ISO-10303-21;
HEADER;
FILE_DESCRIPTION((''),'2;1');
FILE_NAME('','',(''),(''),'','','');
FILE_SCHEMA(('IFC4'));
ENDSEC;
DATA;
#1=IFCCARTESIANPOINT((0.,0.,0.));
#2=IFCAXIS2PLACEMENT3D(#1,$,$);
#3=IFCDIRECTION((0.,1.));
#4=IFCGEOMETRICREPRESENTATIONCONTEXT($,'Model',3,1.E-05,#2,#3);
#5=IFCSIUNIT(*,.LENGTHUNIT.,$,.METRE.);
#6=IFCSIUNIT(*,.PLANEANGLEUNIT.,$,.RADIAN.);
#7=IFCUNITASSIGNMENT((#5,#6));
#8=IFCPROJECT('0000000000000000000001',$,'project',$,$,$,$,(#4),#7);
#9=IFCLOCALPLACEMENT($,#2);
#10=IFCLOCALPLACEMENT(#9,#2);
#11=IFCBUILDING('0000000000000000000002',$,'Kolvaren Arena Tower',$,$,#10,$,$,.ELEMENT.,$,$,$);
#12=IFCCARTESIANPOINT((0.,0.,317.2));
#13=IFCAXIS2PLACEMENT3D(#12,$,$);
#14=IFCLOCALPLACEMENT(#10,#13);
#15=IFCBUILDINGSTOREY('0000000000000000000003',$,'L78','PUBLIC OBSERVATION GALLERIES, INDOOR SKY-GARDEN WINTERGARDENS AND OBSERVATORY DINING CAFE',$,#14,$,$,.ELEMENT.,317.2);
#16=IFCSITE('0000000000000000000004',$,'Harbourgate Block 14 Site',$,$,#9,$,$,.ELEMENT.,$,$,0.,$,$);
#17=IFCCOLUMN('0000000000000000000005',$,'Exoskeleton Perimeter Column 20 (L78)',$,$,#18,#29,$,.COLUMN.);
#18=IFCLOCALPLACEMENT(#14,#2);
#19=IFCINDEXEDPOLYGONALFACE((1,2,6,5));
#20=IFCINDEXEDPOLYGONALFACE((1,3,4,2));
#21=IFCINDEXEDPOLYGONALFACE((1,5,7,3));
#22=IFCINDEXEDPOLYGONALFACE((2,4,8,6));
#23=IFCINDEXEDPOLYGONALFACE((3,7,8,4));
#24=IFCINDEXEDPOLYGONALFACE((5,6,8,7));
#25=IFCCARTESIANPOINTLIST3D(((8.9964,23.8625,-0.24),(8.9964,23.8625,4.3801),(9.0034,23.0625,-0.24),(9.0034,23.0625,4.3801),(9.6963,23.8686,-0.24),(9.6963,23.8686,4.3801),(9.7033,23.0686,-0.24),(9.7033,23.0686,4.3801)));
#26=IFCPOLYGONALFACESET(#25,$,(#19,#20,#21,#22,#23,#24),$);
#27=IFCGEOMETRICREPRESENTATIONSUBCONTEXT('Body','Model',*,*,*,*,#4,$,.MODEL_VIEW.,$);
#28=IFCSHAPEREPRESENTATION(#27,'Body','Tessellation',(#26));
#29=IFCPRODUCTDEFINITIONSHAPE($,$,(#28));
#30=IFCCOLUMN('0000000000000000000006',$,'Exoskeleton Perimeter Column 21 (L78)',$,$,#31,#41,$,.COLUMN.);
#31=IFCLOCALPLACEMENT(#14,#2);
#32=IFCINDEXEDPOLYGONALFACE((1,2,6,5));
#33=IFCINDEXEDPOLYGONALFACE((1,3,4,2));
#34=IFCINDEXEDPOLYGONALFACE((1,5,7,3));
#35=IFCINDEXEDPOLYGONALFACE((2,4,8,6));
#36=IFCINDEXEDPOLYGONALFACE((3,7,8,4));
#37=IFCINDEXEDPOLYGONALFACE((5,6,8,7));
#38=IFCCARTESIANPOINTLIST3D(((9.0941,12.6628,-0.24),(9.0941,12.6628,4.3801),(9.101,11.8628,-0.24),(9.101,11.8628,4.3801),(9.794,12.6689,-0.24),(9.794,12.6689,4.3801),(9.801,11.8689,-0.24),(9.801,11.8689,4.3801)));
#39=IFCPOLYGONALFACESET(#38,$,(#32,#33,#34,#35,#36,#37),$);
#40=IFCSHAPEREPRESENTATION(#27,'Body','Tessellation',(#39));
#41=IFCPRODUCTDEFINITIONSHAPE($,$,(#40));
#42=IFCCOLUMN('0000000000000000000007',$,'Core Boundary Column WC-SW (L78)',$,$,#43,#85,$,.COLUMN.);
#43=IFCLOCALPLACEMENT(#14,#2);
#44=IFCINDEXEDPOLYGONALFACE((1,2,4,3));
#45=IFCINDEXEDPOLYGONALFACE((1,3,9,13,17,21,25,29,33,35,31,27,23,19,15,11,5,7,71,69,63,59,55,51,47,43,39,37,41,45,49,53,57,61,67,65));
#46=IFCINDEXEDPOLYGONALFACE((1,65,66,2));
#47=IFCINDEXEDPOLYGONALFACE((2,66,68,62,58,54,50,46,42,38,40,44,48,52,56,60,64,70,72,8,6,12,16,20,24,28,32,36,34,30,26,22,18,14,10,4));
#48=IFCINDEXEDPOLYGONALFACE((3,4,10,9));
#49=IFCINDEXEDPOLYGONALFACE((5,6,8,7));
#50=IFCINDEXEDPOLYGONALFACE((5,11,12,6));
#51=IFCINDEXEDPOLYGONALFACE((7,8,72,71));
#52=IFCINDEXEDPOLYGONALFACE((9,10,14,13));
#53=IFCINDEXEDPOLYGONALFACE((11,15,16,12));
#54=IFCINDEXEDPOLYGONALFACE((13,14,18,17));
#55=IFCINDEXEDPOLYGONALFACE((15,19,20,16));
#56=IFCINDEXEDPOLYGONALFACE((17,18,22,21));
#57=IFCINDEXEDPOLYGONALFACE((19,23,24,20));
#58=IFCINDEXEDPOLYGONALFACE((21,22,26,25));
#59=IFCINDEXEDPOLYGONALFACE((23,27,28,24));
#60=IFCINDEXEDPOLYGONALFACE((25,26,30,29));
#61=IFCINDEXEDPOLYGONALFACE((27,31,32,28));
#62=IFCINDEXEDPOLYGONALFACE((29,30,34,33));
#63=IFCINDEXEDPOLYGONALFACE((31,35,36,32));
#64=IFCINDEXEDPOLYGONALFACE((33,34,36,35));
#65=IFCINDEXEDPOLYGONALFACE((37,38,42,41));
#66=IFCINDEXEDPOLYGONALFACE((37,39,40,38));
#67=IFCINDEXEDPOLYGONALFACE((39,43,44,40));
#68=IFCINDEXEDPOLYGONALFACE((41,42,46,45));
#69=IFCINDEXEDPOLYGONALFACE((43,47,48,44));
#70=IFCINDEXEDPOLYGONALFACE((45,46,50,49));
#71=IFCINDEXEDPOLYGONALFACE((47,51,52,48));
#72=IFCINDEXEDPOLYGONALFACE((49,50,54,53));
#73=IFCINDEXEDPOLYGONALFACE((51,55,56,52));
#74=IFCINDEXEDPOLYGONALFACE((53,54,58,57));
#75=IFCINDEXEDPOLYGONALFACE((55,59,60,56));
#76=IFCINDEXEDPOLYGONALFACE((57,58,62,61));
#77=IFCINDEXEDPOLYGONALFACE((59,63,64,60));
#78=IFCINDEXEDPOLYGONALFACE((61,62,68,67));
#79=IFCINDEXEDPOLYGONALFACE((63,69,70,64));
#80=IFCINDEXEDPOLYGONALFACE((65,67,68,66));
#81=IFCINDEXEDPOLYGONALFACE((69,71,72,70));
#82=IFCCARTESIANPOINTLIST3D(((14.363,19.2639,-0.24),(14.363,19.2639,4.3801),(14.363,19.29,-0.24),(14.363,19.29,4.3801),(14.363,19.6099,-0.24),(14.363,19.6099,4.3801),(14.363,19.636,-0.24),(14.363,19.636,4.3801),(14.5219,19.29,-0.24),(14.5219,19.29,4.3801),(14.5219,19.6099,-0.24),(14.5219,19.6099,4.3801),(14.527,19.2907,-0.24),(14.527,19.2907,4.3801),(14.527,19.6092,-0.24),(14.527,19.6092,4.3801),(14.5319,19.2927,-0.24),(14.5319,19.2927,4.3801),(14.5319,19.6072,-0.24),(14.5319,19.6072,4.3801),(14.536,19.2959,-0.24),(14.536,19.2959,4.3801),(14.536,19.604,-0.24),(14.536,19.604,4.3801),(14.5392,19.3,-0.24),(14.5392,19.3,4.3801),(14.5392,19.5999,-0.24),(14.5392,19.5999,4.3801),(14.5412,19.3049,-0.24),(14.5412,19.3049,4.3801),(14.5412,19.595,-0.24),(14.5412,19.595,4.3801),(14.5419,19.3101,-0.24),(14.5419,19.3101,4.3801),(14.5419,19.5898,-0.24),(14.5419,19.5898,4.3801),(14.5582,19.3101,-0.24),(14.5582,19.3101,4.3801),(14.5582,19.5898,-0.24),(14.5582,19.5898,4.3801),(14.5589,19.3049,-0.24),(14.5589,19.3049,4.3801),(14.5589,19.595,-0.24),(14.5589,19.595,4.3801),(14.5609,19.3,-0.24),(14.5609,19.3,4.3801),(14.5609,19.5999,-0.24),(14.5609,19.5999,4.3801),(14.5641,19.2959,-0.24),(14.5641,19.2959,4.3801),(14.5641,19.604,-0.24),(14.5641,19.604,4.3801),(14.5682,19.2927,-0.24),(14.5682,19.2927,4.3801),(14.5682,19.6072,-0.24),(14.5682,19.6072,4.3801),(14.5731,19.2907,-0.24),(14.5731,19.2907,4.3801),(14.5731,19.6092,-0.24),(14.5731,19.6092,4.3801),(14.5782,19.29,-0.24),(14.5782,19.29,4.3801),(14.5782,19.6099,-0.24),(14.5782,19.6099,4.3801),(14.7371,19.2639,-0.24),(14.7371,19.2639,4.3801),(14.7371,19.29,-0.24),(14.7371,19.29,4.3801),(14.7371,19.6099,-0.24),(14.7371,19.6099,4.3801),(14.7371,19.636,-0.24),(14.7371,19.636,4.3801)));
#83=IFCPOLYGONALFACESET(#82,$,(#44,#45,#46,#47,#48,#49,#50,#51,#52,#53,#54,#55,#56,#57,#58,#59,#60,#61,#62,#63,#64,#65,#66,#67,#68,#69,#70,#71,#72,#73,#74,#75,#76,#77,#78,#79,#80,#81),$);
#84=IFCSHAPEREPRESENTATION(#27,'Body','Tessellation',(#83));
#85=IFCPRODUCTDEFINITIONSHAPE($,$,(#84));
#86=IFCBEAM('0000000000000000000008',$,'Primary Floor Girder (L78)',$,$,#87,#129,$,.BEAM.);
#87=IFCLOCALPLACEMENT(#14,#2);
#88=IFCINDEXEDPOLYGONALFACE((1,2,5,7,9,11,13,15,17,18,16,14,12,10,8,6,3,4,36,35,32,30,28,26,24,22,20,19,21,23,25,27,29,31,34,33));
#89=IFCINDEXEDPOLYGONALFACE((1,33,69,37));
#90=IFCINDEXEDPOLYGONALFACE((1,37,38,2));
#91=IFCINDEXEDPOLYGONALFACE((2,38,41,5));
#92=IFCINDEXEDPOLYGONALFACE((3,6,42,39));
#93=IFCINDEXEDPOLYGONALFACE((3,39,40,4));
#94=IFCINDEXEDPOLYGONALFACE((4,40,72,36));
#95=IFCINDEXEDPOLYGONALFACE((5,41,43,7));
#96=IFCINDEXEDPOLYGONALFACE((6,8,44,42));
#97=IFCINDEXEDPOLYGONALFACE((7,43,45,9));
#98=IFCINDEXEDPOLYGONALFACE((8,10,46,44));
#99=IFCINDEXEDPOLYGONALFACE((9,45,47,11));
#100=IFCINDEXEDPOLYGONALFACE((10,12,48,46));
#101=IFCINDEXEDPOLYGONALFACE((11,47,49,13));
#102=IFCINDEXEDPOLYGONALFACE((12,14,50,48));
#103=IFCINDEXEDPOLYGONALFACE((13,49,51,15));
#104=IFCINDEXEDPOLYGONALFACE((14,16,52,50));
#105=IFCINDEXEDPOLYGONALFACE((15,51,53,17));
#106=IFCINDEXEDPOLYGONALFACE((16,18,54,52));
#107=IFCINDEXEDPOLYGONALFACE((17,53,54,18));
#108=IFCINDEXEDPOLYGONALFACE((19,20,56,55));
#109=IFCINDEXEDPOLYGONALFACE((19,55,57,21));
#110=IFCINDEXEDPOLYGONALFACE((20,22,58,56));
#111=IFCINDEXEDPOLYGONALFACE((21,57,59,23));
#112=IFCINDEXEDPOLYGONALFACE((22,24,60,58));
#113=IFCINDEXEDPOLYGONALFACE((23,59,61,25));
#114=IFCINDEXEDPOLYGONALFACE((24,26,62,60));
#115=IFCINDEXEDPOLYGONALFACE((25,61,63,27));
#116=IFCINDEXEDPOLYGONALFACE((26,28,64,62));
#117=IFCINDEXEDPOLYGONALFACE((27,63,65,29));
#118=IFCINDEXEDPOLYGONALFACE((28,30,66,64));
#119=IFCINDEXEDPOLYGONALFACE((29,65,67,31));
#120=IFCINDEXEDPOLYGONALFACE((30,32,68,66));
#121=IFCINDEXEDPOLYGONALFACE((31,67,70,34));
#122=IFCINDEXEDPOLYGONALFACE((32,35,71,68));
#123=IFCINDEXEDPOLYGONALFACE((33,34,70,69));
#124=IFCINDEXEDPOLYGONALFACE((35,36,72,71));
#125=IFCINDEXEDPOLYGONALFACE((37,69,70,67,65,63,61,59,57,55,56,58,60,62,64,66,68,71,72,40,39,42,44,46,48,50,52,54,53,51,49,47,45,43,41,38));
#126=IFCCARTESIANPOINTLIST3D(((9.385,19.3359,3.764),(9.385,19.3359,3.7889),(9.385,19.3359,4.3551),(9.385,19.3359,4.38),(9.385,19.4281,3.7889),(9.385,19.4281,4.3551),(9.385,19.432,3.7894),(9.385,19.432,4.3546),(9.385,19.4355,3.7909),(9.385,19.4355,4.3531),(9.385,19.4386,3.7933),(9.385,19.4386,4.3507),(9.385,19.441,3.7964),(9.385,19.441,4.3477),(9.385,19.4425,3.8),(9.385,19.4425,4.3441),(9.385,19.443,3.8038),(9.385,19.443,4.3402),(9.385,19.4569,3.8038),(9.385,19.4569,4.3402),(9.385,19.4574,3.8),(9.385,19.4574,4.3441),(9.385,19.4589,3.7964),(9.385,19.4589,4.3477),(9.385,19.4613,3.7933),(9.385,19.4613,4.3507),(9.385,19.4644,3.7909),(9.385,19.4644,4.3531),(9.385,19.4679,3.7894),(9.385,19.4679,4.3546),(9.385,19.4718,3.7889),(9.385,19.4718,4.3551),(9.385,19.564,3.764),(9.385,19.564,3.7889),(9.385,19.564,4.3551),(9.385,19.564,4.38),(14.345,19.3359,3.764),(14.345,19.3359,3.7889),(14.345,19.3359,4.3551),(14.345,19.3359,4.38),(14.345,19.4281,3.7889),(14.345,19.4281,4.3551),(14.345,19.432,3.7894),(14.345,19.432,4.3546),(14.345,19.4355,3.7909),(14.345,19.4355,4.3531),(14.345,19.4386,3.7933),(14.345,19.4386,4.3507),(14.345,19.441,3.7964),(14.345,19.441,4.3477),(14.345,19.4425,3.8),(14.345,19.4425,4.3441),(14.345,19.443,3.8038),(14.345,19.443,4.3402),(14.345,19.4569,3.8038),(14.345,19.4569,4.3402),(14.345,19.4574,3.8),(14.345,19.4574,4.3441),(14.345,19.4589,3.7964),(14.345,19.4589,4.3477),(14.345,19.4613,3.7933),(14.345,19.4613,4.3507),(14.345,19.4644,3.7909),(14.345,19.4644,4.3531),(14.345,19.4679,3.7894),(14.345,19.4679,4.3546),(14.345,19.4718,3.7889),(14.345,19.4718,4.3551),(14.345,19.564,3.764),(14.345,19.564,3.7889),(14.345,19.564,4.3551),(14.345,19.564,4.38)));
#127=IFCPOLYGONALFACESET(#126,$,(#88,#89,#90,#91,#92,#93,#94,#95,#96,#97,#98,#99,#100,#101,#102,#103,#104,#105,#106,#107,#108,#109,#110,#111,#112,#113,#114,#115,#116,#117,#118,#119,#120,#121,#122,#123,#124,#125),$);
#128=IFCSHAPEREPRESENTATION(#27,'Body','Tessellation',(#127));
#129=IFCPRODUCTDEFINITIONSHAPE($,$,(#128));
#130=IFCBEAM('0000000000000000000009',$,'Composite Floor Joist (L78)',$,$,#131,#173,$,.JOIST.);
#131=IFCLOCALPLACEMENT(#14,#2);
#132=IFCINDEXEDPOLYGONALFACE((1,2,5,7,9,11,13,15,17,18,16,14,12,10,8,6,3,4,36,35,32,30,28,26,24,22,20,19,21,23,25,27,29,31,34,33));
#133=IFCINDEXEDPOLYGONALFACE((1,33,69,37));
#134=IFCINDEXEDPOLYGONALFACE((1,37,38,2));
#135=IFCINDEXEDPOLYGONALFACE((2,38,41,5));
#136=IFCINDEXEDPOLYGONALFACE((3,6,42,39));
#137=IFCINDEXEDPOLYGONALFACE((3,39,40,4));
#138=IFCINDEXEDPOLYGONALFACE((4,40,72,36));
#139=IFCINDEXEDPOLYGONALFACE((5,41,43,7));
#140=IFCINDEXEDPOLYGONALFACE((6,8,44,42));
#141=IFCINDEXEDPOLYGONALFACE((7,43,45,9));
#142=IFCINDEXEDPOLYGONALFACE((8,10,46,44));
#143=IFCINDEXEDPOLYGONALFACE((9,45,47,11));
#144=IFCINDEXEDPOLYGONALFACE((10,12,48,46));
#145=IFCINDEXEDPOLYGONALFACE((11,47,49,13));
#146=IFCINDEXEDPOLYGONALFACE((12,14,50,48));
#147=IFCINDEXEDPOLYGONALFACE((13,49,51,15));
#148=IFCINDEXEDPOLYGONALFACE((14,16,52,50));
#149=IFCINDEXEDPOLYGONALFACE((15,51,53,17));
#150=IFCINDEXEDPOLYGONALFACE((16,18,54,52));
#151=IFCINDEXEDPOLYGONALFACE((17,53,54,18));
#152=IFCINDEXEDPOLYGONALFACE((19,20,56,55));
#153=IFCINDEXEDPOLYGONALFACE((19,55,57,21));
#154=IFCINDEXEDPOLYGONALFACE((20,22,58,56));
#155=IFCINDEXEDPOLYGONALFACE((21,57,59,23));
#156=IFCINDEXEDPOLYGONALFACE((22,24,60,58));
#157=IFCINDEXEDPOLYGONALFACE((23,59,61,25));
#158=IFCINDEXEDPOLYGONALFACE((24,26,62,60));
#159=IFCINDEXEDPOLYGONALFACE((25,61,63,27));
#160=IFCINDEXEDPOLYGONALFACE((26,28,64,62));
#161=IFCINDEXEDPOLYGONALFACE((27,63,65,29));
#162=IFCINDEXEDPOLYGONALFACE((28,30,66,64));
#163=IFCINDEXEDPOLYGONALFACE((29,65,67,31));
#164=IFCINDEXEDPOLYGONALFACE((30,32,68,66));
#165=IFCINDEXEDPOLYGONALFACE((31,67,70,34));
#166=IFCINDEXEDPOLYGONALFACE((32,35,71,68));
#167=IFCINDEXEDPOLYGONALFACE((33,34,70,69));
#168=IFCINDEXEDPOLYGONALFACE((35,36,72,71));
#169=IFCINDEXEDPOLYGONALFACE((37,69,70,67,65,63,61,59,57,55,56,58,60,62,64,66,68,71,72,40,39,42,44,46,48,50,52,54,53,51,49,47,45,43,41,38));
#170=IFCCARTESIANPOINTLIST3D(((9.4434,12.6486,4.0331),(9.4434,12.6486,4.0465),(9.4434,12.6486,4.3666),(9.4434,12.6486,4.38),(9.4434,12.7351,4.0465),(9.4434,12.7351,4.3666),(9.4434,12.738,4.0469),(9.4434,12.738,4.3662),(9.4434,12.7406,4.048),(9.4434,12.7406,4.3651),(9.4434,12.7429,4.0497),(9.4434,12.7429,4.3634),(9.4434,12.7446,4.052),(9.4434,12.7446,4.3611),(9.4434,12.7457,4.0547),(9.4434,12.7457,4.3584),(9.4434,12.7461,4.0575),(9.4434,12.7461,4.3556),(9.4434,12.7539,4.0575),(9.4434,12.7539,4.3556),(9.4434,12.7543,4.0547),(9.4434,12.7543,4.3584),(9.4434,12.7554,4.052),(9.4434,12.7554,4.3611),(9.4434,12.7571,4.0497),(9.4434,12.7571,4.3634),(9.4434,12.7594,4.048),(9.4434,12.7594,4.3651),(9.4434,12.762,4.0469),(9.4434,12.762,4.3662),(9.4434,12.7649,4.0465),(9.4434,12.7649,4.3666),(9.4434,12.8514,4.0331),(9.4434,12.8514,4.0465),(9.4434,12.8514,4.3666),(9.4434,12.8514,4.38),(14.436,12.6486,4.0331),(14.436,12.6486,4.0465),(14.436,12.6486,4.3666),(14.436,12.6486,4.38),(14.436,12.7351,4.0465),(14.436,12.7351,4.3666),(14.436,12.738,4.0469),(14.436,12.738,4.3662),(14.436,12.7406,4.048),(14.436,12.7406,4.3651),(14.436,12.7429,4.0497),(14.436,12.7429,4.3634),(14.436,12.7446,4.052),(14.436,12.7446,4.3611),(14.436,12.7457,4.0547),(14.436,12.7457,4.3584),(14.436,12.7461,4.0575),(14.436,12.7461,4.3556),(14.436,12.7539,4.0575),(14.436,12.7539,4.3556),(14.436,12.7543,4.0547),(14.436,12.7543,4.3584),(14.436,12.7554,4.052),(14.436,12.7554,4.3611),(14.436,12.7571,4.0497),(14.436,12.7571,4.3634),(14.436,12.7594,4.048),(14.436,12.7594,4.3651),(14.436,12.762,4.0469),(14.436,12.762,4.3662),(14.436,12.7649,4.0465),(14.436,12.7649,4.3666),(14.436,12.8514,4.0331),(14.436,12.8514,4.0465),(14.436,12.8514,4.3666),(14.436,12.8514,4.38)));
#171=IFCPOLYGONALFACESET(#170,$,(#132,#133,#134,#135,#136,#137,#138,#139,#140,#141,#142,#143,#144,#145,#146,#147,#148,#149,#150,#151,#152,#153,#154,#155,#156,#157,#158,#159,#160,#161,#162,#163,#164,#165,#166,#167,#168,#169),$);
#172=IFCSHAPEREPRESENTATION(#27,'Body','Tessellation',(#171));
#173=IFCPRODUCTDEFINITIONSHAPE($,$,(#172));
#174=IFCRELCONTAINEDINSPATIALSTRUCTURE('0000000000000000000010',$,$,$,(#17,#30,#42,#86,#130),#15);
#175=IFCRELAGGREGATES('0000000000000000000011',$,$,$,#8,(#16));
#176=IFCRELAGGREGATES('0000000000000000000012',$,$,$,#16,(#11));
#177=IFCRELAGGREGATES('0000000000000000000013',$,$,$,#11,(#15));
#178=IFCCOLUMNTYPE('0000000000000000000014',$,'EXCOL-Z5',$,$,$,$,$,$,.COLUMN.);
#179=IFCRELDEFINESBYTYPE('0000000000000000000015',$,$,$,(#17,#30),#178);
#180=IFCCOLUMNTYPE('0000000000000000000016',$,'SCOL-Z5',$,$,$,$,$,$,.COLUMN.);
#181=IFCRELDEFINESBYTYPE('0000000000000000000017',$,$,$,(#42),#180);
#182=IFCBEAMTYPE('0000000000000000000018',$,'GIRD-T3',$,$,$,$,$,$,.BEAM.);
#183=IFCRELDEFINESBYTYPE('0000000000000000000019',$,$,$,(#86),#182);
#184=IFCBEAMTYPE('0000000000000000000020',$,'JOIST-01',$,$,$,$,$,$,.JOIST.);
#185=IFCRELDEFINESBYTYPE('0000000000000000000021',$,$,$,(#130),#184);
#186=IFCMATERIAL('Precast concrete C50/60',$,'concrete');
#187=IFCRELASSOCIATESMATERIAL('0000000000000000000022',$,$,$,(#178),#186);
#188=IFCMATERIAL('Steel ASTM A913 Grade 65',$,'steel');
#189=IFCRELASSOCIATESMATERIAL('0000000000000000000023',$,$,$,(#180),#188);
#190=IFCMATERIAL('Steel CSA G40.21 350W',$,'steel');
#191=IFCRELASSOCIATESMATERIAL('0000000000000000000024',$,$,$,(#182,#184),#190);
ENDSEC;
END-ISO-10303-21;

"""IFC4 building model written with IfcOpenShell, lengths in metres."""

from ifc_helpers import new_model, si_unit, direction, frame, origin, origin_2d, place, context, subcontext, project, spatial, rectangle, i_section, extrude, material, material_profile, profile_set, type_object, element, save


model = new_model("IFC4")

# Units and contexts
model_context = context("Model", 3, precision=1e-05, world=origin(), true_north=direction((0.0, 1.0)))
body_context = subcontext(model_context, "Body", "Model", "MODEL_VIEW")
ifc_project = project(units=[si_unit("LENGTHUNIT", "METRE"), si_unit("PLANEANGLEUNIT", "RADIAN")], contexts=[model_context])

# Site, building, storey
site_placement = place(None, origin())
site = spatial("IfcSite", under=ifc_project, at=site_placement, Name="Harbourgate Block 14 Site", CompositionType="ELEMENT", RefElevation=0.0)
building_placement = place(site_placement, origin())
building = spatial("IfcBuilding", under=site, at=building_placement, Name="Kolvaren Arena Tower", CompositionType="ELEMENT")
storey_placement = place(building_placement, frame((0.0, 0.0, 317.2)))
storey = spatial("IfcBuildingStorey", under=building, at=storey_placement, Name="L78", Description="PUBLIC OBSERVATION GALLERIES, INDOOR SKY-GARDEN WINTERGARDENS AND OBSERVATORY DINING CAFE", CompositionType="ELEMENT", Elevation=317.2)

# Columns
ifc_material_1 = material(Name="Precast concrete C50/60", Category="concrete")
ifc_material_profile_1 = material_profile(ifc_material_1, rectangle(XDim=0.8, YDim=0.7, at=origin_2d()), Name="RC-800x700")
ifc_profile_set_1 = profile_set([ifc_material_profile_1], Name="Precast concrete C50/60")
column_type_1 = type_object("IfcColumnType", Name="EXCOL-Z5", PredefinedType="COLUMN", material=ifc_profile_set_1)
for number, where, z_axis, x_axis, name in (
    (1, (9.3499, 23.4656, -0.24), (0.0, 0.0, 1.0), (-0.008727, 0.999962, 0.0), "Exoskeleton Perimeter Column 20 (L78)"),
    (2, (9.4475, 12.2659, -0.24), (0.0, 0.0, 1.0), (-0.008727, 0.999962, 0.0), "Exoskeleton Perimeter Column 21 (L78)"),
):
    element("IfcColumn", number, at=place(storey_placement, frame(where, z_axis=z_axis, x_axis=x_axis)), inside=storey, type_object=column_type_1, Name=name, PredefinedType="COLUMN", context=body_context, shape_type="SweptSolid", body=[
        extrude(rectangle(XDim=0.8, YDim=0.7, at=origin_2d()), origin(), (0.0, 0.0, 1.0), 4.6201),
    ])
ifc_material_2 = material(Name="Steel ASTM A913 Grade 65", Category="steel")
ifc_material_profile_2 = material_profile(ifc_material_2, i_section(OverallWidth=0.374, OverallDepth=0.3721, WebThickness=0.0164, FlangeThickness=0.0261, FilletRadius=0.02, at=origin_2d()), Name="W360x196")
ifc_profile_set_2 = profile_set([ifc_material_profile_2], Name="Steel ASTM A913 Grade 65")
column_type_2 = type_object("IfcColumnType", Name="SCOL-Z5", PredefinedType="COLUMN", material=ifc_profile_set_2)
column_placement = place(storey_placement, frame((14.55, 19.45, -0.24), z_axis=(0.0, 0.0, 1.0), x_axis=(1.0, 0.0, 0.0)))
element("IfcColumn", 3, at=column_placement, inside=storey, type_object=column_type_2, Name="Core Boundary Column WC-SW (L78)", PredefinedType="COLUMN", context=body_context, shape_type="SweptSolid", body=[
    extrude(i_section(OverallWidth=0.374, OverallDepth=0.3721, WebThickness=0.0164, FlangeThickness=0.0261, FilletRadius=0.02, at=origin_2d()), origin(), (0.0, 0.0, 1.0), 4.6201),
])

# Beams
ifc_material_3 = material(Name="Steel CSA G40.21 350W", Category="steel")
ifc_material_profile_3 = material_profile(ifc_material_3, i_section(OverallWidth=0.228, OverallDepth=0.616, WebThickness=0.0139, FlangeThickness=0.0249, FilletRadius=0.0149, at=origin_2d()), Name="W610x174")
ifc_profile_set_3 = profile_set([ifc_material_profile_3], Name="Steel CSA G40.21 350W")
beam_type_1 = type_object("IfcBeamType", Name="GIRD-T3", PredefinedType="BEAM", material=ifc_profile_set_3)
beam_1_placement = place(storey_placement, frame((9.385, 19.45, 4.072), z_axis=(1.0, 0.0, 0.0), x_axis=(0.0, 1.0, 0.0)))
element("IfcBeam", 4, at=beam_1_placement, inside=storey, type_object=beam_type_1, Name="Primary Floor Girder (L78)", PredefinedType="BEAM", context=body_context, shape_type="SweptSolid", body=[
    extrude(i_section(OverallWidth=0.228, OverallDepth=0.616, WebThickness=0.0139, FlangeThickness=0.0249, FilletRadius=0.0149, at=origin_2d()), origin(), (0.0, 0.0, 1.0), 4.96),
])
ifc_material_profile_4 = material_profile(ifc_material_3, i_section(OverallWidth=0.2029, OverallDepth=0.3469, WebThickness=0.0078, FlangeThickness=0.0134, FilletRadius=0.011, at=origin_2d()), Name="W360x64")
ifc_profile_set_4 = profile_set([ifc_material_profile_4], Name="Steel CSA G40.21 350W")
beam_type_2 = type_object("IfcBeamType", Name="JOIST-01", PredefinedType="JOIST", material=ifc_profile_set_4)
beam_2_placement = place(storey_placement, frame((9.4434, 12.75, 4.2065), z_axis=(1.0, 0.0, 0.0), x_axis=(0.0, 1.0, 0.0)))
element("IfcBeam", 5, at=beam_2_placement, inside=storey, type_object=beam_type_2, Name="Composite Floor Joist (L78)", PredefinedType="JOIST", context=body_context, shape_type="SweptSolid", body=[
    extrude(i_section(OverallWidth=0.2029, OverallDepth=0.3469, WebThickness=0.0078, FlangeThickness=0.0134, FilletRadius=0.011, at=origin_2d()), origin(), (0.0, 0.0, 1.0), 4.9927),
])

save(model, "model.ifc")
